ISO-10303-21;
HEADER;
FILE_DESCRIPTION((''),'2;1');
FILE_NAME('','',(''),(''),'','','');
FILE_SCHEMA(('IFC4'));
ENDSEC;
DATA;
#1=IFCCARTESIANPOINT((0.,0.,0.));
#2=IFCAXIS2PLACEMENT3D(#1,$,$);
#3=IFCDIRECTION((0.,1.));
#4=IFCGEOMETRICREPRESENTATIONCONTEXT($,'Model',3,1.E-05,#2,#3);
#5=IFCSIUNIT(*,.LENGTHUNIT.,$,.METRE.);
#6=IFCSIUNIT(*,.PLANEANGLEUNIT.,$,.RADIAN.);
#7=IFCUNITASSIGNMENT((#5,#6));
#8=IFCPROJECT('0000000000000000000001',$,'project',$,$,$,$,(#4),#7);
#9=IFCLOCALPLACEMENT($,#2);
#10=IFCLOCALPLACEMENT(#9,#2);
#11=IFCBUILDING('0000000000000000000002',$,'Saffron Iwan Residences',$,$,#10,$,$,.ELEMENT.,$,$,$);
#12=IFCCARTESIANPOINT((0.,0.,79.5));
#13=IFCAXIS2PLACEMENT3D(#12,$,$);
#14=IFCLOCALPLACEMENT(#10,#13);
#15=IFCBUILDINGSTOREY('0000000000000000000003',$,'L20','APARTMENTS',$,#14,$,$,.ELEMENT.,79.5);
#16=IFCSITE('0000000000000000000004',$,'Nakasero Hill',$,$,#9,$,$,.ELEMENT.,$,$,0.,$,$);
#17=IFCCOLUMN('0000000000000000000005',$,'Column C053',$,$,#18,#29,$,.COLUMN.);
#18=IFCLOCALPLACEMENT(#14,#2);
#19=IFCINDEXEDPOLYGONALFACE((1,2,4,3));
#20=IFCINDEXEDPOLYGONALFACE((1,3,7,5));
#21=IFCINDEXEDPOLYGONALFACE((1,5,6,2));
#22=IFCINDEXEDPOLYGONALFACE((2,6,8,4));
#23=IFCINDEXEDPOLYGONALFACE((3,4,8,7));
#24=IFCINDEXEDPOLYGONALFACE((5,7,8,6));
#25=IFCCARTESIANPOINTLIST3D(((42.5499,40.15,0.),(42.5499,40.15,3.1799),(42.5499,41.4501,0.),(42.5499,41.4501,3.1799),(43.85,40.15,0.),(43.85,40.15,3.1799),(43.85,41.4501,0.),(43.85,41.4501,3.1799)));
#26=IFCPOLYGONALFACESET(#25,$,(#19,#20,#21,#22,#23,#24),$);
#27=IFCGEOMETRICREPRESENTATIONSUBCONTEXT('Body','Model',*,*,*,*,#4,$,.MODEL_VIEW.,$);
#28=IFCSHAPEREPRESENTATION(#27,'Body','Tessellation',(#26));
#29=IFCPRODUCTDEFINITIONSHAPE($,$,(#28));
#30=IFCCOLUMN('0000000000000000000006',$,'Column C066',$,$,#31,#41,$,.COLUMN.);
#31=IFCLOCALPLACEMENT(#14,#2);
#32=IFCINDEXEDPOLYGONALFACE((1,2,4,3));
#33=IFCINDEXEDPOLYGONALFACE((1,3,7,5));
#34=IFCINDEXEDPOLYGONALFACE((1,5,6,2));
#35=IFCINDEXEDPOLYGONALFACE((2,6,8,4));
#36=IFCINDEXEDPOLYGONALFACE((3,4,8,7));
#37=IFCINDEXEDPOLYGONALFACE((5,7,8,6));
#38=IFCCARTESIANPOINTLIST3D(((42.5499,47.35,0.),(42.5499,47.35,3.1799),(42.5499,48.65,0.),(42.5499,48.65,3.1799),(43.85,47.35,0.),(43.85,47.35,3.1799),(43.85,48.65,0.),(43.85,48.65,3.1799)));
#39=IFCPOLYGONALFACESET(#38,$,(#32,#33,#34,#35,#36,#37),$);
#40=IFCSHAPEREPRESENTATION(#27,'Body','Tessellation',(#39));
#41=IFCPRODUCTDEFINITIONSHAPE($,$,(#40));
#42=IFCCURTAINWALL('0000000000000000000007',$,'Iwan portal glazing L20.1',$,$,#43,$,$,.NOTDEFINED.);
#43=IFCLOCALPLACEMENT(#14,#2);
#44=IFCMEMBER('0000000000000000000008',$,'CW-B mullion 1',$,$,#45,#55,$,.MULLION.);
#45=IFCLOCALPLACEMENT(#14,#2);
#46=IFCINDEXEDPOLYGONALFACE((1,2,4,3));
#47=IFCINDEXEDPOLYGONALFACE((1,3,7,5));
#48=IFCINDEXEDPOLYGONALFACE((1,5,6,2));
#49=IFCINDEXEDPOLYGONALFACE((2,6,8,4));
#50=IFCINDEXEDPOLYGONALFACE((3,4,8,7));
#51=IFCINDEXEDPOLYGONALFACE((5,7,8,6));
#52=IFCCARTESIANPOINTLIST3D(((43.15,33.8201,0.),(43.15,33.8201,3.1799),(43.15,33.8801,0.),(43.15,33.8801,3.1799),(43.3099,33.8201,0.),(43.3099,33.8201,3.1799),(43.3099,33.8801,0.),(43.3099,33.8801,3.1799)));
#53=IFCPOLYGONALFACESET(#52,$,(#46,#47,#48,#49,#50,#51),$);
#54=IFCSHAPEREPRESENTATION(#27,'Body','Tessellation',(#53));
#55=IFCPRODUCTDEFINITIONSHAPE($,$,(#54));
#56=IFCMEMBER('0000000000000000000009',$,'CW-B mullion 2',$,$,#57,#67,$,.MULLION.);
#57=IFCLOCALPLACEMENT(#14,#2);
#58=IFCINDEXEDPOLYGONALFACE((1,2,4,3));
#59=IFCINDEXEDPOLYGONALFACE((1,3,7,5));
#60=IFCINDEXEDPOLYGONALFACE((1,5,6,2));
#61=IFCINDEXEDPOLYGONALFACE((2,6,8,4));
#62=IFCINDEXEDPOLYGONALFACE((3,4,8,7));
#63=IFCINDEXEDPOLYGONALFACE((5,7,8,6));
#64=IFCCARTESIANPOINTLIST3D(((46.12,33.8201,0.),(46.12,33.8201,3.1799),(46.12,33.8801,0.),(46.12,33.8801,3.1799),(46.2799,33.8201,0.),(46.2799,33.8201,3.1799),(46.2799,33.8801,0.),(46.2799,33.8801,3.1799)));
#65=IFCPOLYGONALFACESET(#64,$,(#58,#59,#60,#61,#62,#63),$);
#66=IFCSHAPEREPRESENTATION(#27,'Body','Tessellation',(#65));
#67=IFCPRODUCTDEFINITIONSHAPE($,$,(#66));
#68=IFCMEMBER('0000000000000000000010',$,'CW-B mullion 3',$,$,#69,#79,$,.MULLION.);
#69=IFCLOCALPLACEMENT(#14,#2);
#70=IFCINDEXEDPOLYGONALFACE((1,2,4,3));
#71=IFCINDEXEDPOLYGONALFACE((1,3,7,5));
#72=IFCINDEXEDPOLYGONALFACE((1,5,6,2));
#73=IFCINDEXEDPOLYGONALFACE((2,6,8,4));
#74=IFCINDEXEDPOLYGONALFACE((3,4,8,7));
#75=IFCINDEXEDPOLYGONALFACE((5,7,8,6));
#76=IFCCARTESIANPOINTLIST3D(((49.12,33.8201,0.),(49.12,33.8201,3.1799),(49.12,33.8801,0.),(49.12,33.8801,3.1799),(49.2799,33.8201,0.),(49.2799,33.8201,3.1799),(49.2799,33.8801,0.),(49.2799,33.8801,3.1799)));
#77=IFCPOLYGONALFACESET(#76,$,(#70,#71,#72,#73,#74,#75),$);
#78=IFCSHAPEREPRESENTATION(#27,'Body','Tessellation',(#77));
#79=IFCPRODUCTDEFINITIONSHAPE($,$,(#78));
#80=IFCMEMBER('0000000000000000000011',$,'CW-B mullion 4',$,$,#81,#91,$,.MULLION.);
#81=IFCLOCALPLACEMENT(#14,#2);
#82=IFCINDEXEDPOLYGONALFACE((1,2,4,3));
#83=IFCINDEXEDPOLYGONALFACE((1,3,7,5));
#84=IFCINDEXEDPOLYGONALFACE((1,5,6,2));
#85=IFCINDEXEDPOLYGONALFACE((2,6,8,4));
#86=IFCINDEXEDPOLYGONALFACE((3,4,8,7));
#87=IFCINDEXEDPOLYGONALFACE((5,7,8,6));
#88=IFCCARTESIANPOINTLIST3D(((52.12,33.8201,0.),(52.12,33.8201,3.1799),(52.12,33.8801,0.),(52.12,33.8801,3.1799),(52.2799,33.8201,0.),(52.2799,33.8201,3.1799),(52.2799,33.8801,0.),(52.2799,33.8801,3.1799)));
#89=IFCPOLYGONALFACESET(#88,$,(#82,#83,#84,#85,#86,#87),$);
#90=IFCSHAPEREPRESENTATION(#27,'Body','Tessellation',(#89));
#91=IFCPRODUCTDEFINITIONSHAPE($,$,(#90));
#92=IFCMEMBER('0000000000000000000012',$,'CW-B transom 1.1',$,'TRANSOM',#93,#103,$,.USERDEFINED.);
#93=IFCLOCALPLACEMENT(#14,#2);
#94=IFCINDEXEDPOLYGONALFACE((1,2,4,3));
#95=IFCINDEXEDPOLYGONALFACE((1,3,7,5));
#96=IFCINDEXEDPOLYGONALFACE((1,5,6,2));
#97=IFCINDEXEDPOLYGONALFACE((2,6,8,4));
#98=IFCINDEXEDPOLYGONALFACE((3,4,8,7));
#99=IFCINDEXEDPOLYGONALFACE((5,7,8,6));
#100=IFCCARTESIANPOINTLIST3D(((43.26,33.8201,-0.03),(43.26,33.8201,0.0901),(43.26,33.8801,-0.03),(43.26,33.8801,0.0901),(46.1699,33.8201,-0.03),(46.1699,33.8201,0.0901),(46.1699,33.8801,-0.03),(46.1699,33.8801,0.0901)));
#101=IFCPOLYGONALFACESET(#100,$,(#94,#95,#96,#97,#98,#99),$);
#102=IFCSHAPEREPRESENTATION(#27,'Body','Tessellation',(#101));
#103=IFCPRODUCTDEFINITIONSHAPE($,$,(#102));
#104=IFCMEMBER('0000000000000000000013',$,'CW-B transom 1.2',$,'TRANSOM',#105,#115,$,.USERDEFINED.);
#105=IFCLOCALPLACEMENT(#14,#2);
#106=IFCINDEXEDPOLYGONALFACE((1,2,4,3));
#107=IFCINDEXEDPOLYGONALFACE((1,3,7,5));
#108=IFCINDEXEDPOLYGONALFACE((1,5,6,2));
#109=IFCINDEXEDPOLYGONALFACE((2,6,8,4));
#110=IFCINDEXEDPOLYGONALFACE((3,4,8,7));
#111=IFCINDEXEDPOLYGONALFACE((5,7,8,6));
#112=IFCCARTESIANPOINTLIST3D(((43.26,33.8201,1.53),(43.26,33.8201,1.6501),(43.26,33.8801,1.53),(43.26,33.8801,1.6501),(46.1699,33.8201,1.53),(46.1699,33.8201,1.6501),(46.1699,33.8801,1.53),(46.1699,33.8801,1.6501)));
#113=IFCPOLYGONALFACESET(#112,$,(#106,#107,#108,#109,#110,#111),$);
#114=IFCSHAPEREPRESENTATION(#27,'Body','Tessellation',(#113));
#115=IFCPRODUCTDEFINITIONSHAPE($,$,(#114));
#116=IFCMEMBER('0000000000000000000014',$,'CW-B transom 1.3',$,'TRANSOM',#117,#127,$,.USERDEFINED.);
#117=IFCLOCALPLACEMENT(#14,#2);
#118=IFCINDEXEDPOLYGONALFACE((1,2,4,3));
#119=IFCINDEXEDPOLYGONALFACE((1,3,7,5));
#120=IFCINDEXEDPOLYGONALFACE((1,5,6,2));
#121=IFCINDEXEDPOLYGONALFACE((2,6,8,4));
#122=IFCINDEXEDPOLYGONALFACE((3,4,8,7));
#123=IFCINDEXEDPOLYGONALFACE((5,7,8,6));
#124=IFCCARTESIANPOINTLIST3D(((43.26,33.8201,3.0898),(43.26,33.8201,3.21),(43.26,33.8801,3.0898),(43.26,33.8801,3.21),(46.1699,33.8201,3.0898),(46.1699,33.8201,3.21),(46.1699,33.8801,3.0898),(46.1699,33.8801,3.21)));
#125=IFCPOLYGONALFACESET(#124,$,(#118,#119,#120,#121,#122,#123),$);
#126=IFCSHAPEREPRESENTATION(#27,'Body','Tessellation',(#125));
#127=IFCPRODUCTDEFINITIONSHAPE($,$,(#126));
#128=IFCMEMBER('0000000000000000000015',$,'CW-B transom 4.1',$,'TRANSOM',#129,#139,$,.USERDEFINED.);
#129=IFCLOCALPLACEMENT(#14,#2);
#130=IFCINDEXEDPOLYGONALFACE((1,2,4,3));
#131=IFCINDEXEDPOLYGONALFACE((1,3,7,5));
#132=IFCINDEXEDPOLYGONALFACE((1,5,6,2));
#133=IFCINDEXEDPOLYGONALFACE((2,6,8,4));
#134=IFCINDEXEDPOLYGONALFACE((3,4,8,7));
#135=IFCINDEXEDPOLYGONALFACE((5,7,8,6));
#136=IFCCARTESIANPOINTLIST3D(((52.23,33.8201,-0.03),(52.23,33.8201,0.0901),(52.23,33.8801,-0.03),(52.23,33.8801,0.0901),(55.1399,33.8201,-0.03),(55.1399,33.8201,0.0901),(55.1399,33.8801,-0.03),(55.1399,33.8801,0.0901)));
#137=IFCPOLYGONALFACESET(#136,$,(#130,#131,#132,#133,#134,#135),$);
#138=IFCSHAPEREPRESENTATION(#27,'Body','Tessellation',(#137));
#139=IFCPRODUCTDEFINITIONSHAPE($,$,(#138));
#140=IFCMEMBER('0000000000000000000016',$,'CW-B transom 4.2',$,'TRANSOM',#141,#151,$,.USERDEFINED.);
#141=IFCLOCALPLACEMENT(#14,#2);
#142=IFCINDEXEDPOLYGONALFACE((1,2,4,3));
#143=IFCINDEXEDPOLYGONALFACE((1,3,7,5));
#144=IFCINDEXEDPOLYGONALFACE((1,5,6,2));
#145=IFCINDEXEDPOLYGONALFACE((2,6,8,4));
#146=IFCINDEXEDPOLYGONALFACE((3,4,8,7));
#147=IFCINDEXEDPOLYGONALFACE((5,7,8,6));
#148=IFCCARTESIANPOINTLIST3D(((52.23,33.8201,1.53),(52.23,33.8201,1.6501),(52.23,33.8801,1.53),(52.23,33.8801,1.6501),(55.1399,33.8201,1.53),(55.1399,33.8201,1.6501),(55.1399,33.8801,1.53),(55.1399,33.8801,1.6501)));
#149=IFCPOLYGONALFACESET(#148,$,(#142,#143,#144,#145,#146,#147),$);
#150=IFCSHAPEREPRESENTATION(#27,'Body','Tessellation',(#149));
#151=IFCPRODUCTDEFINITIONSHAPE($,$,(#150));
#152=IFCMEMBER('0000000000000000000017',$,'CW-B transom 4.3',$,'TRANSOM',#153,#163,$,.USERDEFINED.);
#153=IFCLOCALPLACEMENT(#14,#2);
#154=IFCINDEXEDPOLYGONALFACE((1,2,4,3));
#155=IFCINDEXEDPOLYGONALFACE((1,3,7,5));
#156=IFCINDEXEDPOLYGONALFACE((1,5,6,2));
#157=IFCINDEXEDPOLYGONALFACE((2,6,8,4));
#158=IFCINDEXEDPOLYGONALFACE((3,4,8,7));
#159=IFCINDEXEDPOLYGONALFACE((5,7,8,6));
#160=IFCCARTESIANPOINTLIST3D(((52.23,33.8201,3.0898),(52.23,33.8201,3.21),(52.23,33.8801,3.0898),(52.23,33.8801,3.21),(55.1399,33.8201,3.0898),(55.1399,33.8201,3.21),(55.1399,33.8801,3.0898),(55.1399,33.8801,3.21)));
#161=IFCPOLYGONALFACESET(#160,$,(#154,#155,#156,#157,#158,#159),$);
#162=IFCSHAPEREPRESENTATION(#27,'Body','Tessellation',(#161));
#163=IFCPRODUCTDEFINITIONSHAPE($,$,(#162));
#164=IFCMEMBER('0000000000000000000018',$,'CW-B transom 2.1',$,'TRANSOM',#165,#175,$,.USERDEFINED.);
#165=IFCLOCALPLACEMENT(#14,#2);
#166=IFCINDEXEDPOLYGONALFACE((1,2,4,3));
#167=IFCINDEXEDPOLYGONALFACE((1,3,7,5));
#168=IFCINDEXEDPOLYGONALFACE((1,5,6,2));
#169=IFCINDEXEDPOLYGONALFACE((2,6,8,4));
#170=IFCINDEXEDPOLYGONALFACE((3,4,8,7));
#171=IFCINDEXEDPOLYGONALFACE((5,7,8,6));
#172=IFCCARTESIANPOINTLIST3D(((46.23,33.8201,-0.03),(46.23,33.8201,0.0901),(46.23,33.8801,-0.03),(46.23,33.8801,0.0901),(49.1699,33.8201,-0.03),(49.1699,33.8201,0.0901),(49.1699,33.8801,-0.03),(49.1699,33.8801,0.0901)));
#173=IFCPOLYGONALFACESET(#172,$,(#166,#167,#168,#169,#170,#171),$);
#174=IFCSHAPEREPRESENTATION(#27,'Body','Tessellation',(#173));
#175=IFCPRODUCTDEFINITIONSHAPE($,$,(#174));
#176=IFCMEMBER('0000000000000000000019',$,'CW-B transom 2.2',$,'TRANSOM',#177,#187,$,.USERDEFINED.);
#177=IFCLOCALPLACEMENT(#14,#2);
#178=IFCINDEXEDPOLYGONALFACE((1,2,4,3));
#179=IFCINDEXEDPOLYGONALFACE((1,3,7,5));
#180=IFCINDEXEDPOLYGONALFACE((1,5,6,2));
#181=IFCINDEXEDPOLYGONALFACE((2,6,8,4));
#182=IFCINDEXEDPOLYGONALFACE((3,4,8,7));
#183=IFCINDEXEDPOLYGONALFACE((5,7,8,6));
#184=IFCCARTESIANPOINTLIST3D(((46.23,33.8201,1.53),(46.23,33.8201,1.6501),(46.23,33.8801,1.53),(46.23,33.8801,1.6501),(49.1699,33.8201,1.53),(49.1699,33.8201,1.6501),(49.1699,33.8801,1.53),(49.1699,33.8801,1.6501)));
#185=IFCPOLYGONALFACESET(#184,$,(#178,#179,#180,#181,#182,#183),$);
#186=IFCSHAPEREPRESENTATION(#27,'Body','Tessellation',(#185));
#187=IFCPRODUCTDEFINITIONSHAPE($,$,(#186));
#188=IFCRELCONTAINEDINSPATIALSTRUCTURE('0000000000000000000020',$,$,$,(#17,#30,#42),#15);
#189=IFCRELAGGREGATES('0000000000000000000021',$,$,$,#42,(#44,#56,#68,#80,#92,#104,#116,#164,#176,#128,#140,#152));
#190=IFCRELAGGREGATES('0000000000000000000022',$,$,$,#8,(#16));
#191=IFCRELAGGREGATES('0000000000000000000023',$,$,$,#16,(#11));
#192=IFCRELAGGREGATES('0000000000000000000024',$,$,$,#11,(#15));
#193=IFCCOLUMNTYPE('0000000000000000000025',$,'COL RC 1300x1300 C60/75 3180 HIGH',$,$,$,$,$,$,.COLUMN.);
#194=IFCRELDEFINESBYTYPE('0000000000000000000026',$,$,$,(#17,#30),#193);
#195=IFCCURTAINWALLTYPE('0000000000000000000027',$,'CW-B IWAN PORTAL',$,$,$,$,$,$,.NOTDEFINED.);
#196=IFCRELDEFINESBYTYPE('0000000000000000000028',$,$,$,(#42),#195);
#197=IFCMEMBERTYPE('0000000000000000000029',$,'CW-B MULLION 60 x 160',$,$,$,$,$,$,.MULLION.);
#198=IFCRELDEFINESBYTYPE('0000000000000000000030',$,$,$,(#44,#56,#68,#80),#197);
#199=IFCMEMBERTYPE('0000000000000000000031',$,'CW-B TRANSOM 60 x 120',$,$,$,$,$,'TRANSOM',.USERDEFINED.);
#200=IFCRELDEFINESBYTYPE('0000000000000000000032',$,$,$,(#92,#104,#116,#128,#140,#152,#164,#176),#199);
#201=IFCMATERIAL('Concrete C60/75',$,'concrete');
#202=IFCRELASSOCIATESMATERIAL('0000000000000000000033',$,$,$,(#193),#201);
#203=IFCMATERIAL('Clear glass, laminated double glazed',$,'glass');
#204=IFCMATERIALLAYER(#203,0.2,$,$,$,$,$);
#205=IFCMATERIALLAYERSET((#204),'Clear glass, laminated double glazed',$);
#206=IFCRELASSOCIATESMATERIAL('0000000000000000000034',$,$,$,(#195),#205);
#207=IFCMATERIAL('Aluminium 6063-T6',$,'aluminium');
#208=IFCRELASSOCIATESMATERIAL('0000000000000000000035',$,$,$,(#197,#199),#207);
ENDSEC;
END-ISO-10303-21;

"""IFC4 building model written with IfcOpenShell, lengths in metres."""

from ifc_helpers import new_model, si_unit, direction, frame, origin, origin_2d, place, context, subcontext, project, spatial, rectangle, extrude, source, transform, mapped, material, layer, layer_set, material_profile, profile_set, type_object, element, aggregate, save


model = new_model("IFC4")

# Units and contexts
model_context = context("Model", 3, precision=1e-05, world=origin(), true_north=direction((0.0, 1.0)))
body_context = subcontext(model_context, "Body", "Model", "MODEL_VIEW")
ifc_project = project(units=[si_unit("LENGTHUNIT", "METRE"), si_unit("PLANEANGLEUNIT", "RADIAN")], contexts=[model_context])

# Site, building, storey
site_placement = place(None, origin())
site = spatial("IfcSite", under=ifc_project, at=site_placement, Name="Nakasero Hill", CompositionType="ELEMENT", RefElevation=0.0)
building_placement = place(site_placement, origin())
building = spatial("IfcBuilding", under=site, at=building_placement, Name="Saffron Iwan Residences", CompositionType="ELEMENT")
storey_placement = place(building_placement, frame((0.0, 0.0, 79.5)))
storey = spatial("IfcBuildingStorey", under=building, at=storey_placement, Name="L20", Description="APARTMENTS", CompositionType="ELEMENT", Elevation=79.5)

# Columns
ifc_material_1 = material(Name="Concrete C60/75", Category="concrete")
ifc_material_profile_1 = material_profile(ifc_material_1, rectangle(XDim=1.3, YDim=1.3, at=origin_2d()), Name="RC 1300x1300")
ifc_profile_set_1 = profile_set([ifc_material_profile_1], Name="Concrete C60/75")
column_type = type_object("IfcColumnType", Name="COL RC 1300x1300 C60/75 3180 HIGH", PredefinedType="COLUMN", material=ifc_profile_set_1)
shared_shape_1 = source(origin(), body_context, "Body", "SweptSolid", [
    extrude(rectangle(XDim=1.3, YDim=1.3, at=origin_2d()), origin(), (0.0, 0.0, 1.0), 3.1799),
])
for number, where, z_axis, x_axis, name in (
    (1, (43.2, 40.8, 0.0), (0.0, 0.0, 1.0), (1.0, 0.0, 0.0), "Column C053"),
    (2, (43.2, 48.0, 0.0), (0.0, 0.0, 1.0), (1.0, 0.0, 0.0), "Column C066"),
):
    element("IfcColumn", number, at=place(storey_placement, frame(where, z_axis=z_axis, x_axis=x_axis)), inside=storey, type_object=column_type, Name=name, PredefinedType="COLUMN", context=body_context, shape_type="MappedRepresentation", body=[
        mapped(shared_shape_1, transform((0.0, 0.0, 0.0))),
    ])

# Curtain wall, members
ifc_material_2 = material(Name="Clear glass, laminated double glazed", Category="glass")
ifc_layer_1 = layer(ifc_material_2, 0.2)
ifc_layer_set_1 = layer_set([ifc_layer_1], Name="Clear glass, laminated double glazed")
curtain_wall_type = type_object("IfcCurtainWallType", Name="CW-B IWAN PORTAL", PredefinedType="NOTDEFINED", material=ifc_layer_set_1)
curtain_wall_placement = place(storey_placement, origin())
curtain_wall = element("IfcCurtainWall", 3, at=curtain_wall_placement, inside=storey, type_object=curtain_wall_type, Name="Iwan portal glazing L20.1", PredefinedType="NOTDEFINED")
ifc_material_3 = material(Name="Aluminium 6063-T6", Category="aluminium")
ifc_material_profile_2 = material_profile(ifc_material_3, rectangle(XDim=0.0601, YDim=0.1599, at=origin_2d()), Name="CW-B MULLION 60 x 160")
ifc_profile_set_2 = profile_set([ifc_material_profile_2], Name="Aluminium 6063-T6")
member_type_1 = type_object("IfcMemberType", Name="CW-B MULLION 60 x 160", PredefinedType="MULLION", material=ifc_profile_set_2)
shared_shape_2 = source(origin(), body_context, "Body", "SweptSolid", [
    extrude(rectangle(XDim=0.0601, YDim=0.1599, at=origin_2d()), origin(), (0.0, 0.0, 1.0), 3.1799),
])
member_1_placement = place(storey_placement, frame((43.23, 33.8501, 0.0), z_axis=(0.0, 0.0, 1.0), x_axis=(0.0, 1.0, 0.0)))
member_1 = element("IfcMember", 4, at=member_1_placement, type_object=member_type_1, Name="CW-B mullion 1", PredefinedType="MULLION", context=body_context, shape_type="MappedRepresentation", body=[
    mapped(shared_shape_2, transform((0.0, 0.0, 0.0))),
])
member_2_placement = place(storey_placement, frame((46.2, 33.8501, 0.0), z_axis=(0.0, 0.0, 1.0), x_axis=(0.0, 1.0, 0.0)))
member_2 = element("IfcMember", 5, at=member_2_placement, type_object=member_type_1, Name="CW-B mullion 2", PredefinedType="MULLION", context=body_context, shape_type="MappedRepresentation", body=[
    mapped(shared_shape_2, transform((0.0, 0.0, 0.0))),
])
member_3_placement = place(storey_placement, frame((49.2, 33.8501, 0.0), z_axis=(0.0, 0.0, 1.0), x_axis=(0.0, 1.0, 0.0)))
member_3 = element("IfcMember", 6, at=member_3_placement, type_object=member_type_1, Name="CW-B mullion 3", PredefinedType="MULLION", context=body_context, shape_type="MappedRepresentation", body=[
    mapped(shared_shape_2, transform((0.0, 0.0, 0.0))),
])
member_4_placement = place(storey_placement, frame((52.2, 33.8501, 0.0), z_axis=(0.0, 0.0, 1.0), x_axis=(0.0, 1.0, 0.0)))
member_4 = element("IfcMember", 7, at=member_4_placement, type_object=member_type_1, Name="CW-B mullion 4", PredefinedType="MULLION", context=body_context, shape_type="MappedRepresentation", body=[
    mapped(shared_shape_2, transform((0.0, 0.0, 0.0))),
])
ifc_material_profile_3 = material_profile(ifc_material_3, rectangle(XDim=0.0601, YDim=0.1201, at=origin_2d()), Name="CW-B TRANSOM 60 x 120")
ifc_profile_set_3 = profile_set([ifc_material_profile_3], Name="Aluminium 6063-T6")
member_type_2 = type_object("IfcMemberType", Name="CW-B TRANSOM 60 x 120", ElementType="TRANSOM", PredefinedType="USERDEFINED", material=ifc_profile_set_3)
shared_shape_3 = source(origin(), body_context, "Body", "SweptSolid", [
    extrude(rectangle(XDim=0.0601, YDim=0.1201, at=origin_2d()), origin(), (0.0, 0.0, 1.0), 2.9099),
])
member_5_placement = place(storey_placement, frame((43.26, 33.8501, 0.03), z_axis=(1.0, 0.0, 0.0), x_axis=(0.0, 1.0, 0.0)))
member_5 = element("IfcMember", 8, at=member_5_placement, type_object=member_type_2, Name="CW-B transom 1.1", ObjectType="TRANSOM", PredefinedType="USERDEFINED", context=body_context, shape_type="MappedRepresentation", body=[
    mapped(shared_shape_3, transform((0.0, 0.0, 0.0))),
])
member_6_placement = place(storey_placement, frame((43.26, 33.8501, 1.5901), z_axis=(1.0, 0.0, 0.0), x_axis=(0.0, 1.0, 0.0)))
member_6 = element("IfcMember", 9, at=member_6_placement, type_object=member_type_2, Name="CW-B transom 1.2", ObjectType="TRANSOM", PredefinedType="USERDEFINED", context=body_context, shape_type="MappedRepresentation", body=[
    mapped(shared_shape_3, transform((0.0, 0.0, 0.0))),
])
member_7_placement = place(storey_placement, frame((43.26, 33.8501, 3.1499), z_axis=(1.0, 0.0, 0.0), x_axis=(0.0, 1.0, 0.0)))
member_7 = element("IfcMember", 10, at=member_7_placement, type_object=member_type_2, Name="CW-B transom 1.3", ObjectType="TRANSOM", PredefinedType="USERDEFINED", context=body_context, shape_type="MappedRepresentation", body=[
    mapped(shared_shape_3, transform((0.0, 0.0, 0.0))),
])
member_8_placement = place(storey_placement, frame((52.23, 33.8501, 0.03), z_axis=(1.0, 0.0, 0.0), x_axis=(0.0, 1.0, 0.0)))
member_8 = element("IfcMember", 11, at=member_8_placement, type_object=member_type_2, Name="CW-B transom 4.1", ObjectType="TRANSOM", PredefinedType="USERDEFINED", context=body_context, shape_type="MappedRepresentation", body=[
    mapped(shared_shape_3, transform((0.0, 0.0, 0.0))),
])
member_9_placement = place(storey_placement, frame((52.23, 33.8501, 1.5901), z_axis=(1.0, 0.0, 0.0), x_axis=(0.0, 1.0, 0.0)))
member_9 = element("IfcMember", 12, at=member_9_placement, type_object=member_type_2, Name="CW-B transom 4.2", ObjectType="TRANSOM", PredefinedType="USERDEFINED", context=body_context, shape_type="MappedRepresentation", body=[
    mapped(shared_shape_3, transform((0.0, 0.0, 0.0))),
])
member_10_placement = place(storey_placement, frame((52.23, 33.8501, 3.1499), z_axis=(1.0, 0.0, 0.0), x_axis=(0.0, 1.0, 0.0)))
member_10 = element("IfcMember", 13, at=member_10_placement, type_object=member_type_2, Name="CW-B transom 4.3", ObjectType="TRANSOM", PredefinedType="USERDEFINED", context=body_context, shape_type="MappedRepresentation", body=[
    mapped(shared_shape_3, transform((0.0, 0.0, 0.0))),
])
shared_shape_4 = source(origin(), body_context, "Body", "SweptSolid", [
    extrude(rectangle(XDim=0.0601, YDim=0.1201, at=origin_2d()), origin(), (0.0, 0.0, 1.0), 2.9399),
])
member_11_placement = place(storey_placement, frame((46.23, 33.8501, 0.03), z_axis=(1.0, 0.0, 0.0), x_axis=(0.0, 1.0, 0.0)))
member_11 = element("IfcMember", 14, at=member_11_placement, type_object=member_type_2, Name="CW-B transom 2.1", ObjectType="TRANSOM", PredefinedType="USERDEFINED", context=body_context, shape_type="MappedRepresentation", body=[
    mapped(shared_shape_4, transform((0.0, 0.0, 0.0))),
])
member_12_placement = place(storey_placement, frame((46.23, 33.8501, 1.5901), z_axis=(1.0, 0.0, 0.0), x_axis=(0.0, 1.0, 0.0)))
member_12 = element("IfcMember", 15, at=member_12_placement, type_object=member_type_2, Name="CW-B transom 2.2", ObjectType="TRANSOM", PredefinedType="USERDEFINED", context=body_context, shape_type="MappedRepresentation", body=[
    mapped(shared_shape_4, transform((0.0, 0.0, 0.0))),
])
aggregate(curtain_wall, [member_1, member_2, member_3, member_4, member_5, member_6, member_7, member_11, member_12, member_8, member_9, member_10])

save(model, "model.ifc")
